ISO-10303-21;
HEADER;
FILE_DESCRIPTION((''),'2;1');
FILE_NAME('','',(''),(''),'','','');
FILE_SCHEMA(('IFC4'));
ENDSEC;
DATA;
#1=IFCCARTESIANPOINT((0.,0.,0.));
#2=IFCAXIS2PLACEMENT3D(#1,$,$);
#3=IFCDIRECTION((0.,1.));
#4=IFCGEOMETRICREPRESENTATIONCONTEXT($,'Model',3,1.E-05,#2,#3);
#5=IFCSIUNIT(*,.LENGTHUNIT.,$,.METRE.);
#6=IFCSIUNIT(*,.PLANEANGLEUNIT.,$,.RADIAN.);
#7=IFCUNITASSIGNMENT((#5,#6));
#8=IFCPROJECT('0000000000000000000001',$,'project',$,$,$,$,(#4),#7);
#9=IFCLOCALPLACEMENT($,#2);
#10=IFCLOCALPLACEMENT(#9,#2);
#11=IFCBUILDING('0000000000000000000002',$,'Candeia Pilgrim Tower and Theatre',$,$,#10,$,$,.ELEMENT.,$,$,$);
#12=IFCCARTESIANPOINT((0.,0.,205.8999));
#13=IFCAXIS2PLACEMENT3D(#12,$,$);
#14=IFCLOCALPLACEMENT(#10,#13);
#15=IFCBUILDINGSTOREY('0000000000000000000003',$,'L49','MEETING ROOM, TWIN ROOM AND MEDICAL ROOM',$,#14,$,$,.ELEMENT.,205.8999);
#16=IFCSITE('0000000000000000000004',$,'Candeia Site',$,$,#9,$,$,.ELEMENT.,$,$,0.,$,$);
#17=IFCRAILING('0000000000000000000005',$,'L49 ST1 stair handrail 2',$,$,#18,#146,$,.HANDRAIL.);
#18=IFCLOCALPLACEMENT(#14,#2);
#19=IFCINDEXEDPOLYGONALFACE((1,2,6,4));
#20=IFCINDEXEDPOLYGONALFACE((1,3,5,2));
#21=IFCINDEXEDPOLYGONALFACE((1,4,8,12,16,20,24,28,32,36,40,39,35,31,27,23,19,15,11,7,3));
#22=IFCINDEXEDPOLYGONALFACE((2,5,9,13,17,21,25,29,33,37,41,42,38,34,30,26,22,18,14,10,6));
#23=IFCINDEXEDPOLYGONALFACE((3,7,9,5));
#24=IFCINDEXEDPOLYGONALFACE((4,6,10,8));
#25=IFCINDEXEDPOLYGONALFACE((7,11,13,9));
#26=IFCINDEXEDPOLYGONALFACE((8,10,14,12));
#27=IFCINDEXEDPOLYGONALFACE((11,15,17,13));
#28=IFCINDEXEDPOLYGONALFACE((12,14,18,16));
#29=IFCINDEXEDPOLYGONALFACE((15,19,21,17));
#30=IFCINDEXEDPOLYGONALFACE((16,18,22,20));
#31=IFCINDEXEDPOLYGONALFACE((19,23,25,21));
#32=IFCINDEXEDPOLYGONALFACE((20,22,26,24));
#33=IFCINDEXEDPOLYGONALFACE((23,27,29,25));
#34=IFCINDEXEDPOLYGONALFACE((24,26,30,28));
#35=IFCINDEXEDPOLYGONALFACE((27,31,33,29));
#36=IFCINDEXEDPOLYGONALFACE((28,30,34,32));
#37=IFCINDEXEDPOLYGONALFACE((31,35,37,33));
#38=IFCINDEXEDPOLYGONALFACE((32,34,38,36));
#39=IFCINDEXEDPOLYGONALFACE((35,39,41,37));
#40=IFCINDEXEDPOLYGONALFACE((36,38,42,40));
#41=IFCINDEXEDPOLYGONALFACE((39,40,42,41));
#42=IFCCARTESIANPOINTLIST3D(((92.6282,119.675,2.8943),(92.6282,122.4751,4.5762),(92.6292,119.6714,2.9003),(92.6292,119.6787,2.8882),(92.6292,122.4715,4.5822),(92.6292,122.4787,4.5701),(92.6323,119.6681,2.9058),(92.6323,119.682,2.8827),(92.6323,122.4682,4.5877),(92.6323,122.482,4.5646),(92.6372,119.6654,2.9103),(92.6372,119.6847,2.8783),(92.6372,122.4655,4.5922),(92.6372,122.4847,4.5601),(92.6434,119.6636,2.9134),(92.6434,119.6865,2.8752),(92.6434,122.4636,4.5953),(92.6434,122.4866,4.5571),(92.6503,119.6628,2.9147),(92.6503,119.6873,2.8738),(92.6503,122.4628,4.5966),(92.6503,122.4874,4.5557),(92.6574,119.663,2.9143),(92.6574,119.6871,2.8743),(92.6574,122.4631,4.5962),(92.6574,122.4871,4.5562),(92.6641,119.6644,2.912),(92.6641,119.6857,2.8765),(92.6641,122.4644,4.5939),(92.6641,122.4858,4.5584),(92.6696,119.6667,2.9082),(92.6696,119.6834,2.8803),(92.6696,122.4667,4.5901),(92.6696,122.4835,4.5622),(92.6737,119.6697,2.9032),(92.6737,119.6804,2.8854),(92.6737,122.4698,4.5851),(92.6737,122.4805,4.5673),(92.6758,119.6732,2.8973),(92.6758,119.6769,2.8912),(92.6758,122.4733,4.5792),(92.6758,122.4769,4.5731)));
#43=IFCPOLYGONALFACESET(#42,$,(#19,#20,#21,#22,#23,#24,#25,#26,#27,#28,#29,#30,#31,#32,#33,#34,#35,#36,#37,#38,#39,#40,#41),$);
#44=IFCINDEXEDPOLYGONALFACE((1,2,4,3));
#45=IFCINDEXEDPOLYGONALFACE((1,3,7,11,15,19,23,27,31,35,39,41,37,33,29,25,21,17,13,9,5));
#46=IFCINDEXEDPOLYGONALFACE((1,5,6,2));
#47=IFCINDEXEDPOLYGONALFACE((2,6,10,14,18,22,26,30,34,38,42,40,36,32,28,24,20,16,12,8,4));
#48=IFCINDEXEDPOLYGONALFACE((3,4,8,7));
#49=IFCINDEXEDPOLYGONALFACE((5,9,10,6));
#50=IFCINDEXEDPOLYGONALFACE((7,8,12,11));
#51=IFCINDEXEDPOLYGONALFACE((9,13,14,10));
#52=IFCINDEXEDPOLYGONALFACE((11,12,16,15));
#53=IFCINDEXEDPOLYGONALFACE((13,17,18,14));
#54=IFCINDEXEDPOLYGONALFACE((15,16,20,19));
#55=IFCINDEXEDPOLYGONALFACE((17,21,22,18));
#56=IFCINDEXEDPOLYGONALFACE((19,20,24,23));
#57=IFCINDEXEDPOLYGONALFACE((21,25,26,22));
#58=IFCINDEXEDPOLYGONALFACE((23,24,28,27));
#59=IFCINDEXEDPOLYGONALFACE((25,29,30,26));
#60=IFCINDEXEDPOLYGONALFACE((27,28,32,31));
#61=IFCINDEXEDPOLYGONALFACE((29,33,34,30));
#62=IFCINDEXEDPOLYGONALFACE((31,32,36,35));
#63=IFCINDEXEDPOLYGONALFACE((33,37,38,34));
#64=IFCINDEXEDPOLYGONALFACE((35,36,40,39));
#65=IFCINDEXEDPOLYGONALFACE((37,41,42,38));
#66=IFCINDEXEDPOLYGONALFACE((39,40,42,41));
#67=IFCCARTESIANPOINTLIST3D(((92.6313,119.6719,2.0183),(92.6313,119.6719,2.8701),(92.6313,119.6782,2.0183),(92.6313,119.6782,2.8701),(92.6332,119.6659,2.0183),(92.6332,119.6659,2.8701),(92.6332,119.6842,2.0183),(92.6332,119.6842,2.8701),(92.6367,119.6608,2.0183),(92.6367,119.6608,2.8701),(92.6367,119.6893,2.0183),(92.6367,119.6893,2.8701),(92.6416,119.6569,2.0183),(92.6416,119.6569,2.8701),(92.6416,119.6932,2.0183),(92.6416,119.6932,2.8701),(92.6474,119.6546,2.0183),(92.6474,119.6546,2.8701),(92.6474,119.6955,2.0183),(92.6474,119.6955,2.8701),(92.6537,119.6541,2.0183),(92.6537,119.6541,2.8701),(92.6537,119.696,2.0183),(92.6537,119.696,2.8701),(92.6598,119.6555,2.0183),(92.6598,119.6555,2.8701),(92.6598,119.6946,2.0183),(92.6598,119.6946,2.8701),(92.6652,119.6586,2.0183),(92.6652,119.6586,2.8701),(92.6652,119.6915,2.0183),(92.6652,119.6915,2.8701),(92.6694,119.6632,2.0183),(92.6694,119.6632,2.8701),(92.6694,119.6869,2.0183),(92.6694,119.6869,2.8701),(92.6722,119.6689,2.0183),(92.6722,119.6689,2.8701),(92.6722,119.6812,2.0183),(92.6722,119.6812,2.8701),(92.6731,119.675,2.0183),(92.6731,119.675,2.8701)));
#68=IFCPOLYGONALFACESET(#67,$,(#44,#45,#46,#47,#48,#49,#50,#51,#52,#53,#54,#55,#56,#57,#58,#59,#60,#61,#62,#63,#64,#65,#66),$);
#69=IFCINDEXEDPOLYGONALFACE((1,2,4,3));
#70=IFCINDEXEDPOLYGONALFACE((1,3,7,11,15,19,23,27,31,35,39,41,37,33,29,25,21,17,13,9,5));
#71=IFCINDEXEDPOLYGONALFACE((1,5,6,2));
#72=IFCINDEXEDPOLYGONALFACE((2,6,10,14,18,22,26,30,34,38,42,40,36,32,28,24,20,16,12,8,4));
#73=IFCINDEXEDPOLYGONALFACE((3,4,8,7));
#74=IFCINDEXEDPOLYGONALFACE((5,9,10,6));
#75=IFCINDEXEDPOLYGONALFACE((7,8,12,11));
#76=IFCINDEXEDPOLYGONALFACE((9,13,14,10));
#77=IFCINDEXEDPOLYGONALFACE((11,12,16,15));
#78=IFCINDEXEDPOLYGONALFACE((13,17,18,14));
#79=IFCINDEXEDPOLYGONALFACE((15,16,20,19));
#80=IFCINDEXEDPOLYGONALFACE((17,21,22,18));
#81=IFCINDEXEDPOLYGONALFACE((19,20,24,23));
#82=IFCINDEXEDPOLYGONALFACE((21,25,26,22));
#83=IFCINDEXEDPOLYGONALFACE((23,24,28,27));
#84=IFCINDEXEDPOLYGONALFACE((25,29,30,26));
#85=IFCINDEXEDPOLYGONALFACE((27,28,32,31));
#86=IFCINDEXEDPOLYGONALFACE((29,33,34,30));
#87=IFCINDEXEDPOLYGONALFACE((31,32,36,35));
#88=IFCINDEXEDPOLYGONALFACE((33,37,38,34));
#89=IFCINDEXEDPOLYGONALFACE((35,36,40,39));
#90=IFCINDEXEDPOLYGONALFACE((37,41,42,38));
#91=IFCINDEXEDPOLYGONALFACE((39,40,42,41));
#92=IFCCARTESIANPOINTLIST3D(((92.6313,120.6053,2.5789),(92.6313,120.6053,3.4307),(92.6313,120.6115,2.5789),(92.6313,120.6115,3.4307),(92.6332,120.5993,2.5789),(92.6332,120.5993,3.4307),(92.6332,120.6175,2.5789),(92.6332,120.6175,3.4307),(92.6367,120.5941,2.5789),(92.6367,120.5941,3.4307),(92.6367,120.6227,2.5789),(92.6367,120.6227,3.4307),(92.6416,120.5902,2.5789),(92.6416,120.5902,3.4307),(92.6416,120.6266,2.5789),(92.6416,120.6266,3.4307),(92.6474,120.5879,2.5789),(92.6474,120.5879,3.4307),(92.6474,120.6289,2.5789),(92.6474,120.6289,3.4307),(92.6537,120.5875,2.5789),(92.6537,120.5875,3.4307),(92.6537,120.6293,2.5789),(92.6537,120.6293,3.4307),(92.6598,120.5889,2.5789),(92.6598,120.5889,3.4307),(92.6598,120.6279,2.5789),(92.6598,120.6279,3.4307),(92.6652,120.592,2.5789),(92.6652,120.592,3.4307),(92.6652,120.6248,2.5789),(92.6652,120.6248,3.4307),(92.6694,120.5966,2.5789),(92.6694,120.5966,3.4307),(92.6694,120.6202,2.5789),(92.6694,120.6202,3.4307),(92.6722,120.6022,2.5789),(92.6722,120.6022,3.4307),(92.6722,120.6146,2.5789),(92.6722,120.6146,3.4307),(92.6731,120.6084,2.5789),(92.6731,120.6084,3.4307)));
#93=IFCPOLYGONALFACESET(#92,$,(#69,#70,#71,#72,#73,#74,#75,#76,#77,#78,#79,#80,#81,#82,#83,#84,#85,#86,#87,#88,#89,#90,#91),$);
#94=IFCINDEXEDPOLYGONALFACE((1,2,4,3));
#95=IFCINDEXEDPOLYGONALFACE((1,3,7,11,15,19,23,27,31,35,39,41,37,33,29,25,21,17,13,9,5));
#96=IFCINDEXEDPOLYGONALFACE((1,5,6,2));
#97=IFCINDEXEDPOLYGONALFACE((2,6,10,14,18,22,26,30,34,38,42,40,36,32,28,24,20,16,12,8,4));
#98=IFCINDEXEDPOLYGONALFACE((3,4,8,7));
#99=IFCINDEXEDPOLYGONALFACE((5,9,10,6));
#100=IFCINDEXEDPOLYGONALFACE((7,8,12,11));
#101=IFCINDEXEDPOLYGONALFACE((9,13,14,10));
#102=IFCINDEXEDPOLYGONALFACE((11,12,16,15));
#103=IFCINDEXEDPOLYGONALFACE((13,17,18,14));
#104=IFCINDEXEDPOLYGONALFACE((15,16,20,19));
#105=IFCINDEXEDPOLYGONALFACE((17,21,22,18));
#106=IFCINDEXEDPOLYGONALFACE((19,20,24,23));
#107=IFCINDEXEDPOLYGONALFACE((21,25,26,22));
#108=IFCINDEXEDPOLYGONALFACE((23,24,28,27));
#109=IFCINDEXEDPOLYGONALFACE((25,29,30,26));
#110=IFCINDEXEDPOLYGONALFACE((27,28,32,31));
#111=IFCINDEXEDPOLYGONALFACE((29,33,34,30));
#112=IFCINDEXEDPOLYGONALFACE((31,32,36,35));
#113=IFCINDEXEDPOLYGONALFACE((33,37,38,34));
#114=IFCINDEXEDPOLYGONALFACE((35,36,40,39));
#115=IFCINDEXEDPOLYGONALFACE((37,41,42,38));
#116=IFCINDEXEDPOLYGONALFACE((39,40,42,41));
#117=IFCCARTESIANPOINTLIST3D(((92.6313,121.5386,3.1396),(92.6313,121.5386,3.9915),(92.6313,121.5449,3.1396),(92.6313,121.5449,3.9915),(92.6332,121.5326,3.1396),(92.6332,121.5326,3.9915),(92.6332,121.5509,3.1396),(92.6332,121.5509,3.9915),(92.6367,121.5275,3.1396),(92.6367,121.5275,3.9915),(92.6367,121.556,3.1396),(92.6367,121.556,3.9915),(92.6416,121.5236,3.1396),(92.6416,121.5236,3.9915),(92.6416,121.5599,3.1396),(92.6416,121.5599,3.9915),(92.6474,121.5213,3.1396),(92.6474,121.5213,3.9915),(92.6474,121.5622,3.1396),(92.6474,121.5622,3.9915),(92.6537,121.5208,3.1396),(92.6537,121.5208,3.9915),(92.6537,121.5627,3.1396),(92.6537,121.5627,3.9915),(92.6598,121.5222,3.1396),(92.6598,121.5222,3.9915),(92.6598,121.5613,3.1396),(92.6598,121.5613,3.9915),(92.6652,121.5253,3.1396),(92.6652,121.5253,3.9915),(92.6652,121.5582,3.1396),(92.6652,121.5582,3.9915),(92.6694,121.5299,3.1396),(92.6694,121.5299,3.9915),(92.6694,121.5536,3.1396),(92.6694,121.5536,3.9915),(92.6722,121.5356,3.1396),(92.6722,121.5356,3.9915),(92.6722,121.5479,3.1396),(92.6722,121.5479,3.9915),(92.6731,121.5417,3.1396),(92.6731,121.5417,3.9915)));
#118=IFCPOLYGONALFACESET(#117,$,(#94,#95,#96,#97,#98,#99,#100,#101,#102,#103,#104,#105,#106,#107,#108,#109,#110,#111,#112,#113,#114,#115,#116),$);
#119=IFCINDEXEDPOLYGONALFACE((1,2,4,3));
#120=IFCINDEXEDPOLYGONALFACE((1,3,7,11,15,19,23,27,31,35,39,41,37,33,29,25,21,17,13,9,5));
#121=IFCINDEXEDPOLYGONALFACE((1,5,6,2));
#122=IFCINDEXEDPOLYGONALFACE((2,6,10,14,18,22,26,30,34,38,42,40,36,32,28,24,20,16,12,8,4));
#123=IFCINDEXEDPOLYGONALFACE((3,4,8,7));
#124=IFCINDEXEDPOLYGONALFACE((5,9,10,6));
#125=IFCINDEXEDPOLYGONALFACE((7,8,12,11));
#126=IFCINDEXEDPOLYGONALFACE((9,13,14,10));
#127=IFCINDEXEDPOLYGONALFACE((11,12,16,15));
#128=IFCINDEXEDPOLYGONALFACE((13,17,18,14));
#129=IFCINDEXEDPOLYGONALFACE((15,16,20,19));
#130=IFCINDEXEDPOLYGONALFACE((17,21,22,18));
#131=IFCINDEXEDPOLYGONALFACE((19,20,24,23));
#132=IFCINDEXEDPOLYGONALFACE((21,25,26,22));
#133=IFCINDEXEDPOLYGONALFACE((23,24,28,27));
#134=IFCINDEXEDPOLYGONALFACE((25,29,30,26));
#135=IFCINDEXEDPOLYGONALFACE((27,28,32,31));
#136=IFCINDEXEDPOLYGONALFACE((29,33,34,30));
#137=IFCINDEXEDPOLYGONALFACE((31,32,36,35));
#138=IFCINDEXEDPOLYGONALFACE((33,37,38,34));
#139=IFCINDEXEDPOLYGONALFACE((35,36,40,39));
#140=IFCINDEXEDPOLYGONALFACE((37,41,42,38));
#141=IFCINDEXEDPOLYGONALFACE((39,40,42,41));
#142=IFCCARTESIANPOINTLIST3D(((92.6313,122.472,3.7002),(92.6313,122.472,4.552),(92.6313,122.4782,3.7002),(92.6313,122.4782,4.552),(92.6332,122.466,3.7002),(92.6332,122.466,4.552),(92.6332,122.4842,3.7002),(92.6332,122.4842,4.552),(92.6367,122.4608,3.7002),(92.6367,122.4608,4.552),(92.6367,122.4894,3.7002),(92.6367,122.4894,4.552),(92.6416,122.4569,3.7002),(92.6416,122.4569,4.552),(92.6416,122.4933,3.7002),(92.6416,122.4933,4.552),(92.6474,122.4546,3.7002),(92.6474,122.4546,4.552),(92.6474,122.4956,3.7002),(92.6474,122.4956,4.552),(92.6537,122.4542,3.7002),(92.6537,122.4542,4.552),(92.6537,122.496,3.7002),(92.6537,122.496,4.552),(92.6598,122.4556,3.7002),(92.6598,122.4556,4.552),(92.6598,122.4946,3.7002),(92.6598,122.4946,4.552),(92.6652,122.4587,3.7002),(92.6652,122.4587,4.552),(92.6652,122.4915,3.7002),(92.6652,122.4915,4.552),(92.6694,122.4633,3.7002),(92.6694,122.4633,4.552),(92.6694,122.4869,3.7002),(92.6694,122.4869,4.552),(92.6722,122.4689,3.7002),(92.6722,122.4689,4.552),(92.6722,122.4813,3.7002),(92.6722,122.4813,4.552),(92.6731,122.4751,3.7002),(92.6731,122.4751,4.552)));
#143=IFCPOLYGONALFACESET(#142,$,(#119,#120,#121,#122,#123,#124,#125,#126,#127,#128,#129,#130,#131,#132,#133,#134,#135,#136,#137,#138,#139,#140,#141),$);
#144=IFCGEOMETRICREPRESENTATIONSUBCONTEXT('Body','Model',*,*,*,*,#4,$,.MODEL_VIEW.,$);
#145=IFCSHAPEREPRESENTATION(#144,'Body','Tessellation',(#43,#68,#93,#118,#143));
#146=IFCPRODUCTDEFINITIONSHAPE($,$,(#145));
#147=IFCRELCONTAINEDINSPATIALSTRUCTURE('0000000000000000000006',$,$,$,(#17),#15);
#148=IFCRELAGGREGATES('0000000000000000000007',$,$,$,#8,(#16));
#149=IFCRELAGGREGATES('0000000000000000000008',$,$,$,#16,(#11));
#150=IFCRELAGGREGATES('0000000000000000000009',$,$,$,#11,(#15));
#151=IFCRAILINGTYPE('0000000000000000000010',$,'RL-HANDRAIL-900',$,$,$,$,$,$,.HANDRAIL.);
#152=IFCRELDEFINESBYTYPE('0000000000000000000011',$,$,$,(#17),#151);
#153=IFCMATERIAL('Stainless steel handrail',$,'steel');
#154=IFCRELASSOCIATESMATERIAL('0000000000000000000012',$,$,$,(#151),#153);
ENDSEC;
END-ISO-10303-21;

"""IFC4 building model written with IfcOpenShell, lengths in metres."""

from ifc_helpers import new_model, si_unit, direction, frame, origin, origin_2d, place, context, subcontext, project, spatial, circle, extrude, material, type_object, element, save


model = new_model("IFC4")

# Units and contexts
model_context = context("Model", 3, precision=1e-05, world=origin(), true_north=direction((0.0, 1.0)))
body_context = subcontext(model_context, "Body", "Model", "MODEL_VIEW")
ifc_project = project(units=[si_unit("LENGTHUNIT", "METRE"), si_unit("PLANEANGLEUNIT", "RADIAN")], contexts=[model_context])

# Site, building, storey
site_placement = place(None, origin())
site = spatial("IfcSite", under=ifc_project, at=site_placement, Name="Candeia Site", CompositionType="ELEMENT", RefElevation=0.0)
building_placement = place(site_placement, origin())
building = spatial("IfcBuilding", under=site, at=building_placement, Name="Candeia Pilgrim Tower and Theatre", CompositionType="ELEMENT")
storey_placement = place(building_placement, frame((0.0, 0.0, 205.8999)))
storey = spatial("IfcBuildingStorey", under=building, at=storey_placement, Name="L49", Description="MEETING ROOM, TWIN ROOM AND MEDICAL ROOM", CompositionType="ELEMENT", Elevation=205.8999)

# Railing
ifc_material_1 = material(Name="Stainless steel handrail", Category="steel")
railing_type = type_object("IfcRailingType", Name="RL-HANDRAIL-900", PredefinedType="HANDRAIL", material=ifc_material_1)
for number, where, name in (
    (1, (92.6521, 119.675, 2.0183), "L49 ST1 stair handrail 2"),
):
    element("IfcRailing", number, at=place(storey_placement, frame(where)), inside=storey, type_object=railing_type, Name=name, PredefinedType="HANDRAIL", context=body_context, shape_type="SweptSolid", body=[
        extrude(circle(Radius=0.0239, at=origin_2d()), frame((0.0, 0.0, 0.876), z_axis=(0.0, 0.857242, 0.514913), x_axis=(-1.0, 0.0, 0.0)), (0.0, 0.0, 1.0), 3.2664),
        extrude(circle(Radius=0.021, at=origin_2d()), origin(), (0.0, 0.0, 1.0), 0.8518),
        extrude(circle(Radius=0.021, at=origin_2d()), frame((0.0, 0.9333, 0.5605)), (0.0, 0.0, 1.0), 0.8518),
        extrude(circle(Radius=0.021, at=origin_2d()), frame((0.0, 1.8667, 1.1213)), (0.0, 0.0, 1.0), 0.8518),
        extrude(circle(Radius=0.021, at=origin_2d()), frame((0.0, 2.8, 1.6819)), (0.0, 0.0, 1.0), 0.8518),
    ])

save(model, "model.ifc")
